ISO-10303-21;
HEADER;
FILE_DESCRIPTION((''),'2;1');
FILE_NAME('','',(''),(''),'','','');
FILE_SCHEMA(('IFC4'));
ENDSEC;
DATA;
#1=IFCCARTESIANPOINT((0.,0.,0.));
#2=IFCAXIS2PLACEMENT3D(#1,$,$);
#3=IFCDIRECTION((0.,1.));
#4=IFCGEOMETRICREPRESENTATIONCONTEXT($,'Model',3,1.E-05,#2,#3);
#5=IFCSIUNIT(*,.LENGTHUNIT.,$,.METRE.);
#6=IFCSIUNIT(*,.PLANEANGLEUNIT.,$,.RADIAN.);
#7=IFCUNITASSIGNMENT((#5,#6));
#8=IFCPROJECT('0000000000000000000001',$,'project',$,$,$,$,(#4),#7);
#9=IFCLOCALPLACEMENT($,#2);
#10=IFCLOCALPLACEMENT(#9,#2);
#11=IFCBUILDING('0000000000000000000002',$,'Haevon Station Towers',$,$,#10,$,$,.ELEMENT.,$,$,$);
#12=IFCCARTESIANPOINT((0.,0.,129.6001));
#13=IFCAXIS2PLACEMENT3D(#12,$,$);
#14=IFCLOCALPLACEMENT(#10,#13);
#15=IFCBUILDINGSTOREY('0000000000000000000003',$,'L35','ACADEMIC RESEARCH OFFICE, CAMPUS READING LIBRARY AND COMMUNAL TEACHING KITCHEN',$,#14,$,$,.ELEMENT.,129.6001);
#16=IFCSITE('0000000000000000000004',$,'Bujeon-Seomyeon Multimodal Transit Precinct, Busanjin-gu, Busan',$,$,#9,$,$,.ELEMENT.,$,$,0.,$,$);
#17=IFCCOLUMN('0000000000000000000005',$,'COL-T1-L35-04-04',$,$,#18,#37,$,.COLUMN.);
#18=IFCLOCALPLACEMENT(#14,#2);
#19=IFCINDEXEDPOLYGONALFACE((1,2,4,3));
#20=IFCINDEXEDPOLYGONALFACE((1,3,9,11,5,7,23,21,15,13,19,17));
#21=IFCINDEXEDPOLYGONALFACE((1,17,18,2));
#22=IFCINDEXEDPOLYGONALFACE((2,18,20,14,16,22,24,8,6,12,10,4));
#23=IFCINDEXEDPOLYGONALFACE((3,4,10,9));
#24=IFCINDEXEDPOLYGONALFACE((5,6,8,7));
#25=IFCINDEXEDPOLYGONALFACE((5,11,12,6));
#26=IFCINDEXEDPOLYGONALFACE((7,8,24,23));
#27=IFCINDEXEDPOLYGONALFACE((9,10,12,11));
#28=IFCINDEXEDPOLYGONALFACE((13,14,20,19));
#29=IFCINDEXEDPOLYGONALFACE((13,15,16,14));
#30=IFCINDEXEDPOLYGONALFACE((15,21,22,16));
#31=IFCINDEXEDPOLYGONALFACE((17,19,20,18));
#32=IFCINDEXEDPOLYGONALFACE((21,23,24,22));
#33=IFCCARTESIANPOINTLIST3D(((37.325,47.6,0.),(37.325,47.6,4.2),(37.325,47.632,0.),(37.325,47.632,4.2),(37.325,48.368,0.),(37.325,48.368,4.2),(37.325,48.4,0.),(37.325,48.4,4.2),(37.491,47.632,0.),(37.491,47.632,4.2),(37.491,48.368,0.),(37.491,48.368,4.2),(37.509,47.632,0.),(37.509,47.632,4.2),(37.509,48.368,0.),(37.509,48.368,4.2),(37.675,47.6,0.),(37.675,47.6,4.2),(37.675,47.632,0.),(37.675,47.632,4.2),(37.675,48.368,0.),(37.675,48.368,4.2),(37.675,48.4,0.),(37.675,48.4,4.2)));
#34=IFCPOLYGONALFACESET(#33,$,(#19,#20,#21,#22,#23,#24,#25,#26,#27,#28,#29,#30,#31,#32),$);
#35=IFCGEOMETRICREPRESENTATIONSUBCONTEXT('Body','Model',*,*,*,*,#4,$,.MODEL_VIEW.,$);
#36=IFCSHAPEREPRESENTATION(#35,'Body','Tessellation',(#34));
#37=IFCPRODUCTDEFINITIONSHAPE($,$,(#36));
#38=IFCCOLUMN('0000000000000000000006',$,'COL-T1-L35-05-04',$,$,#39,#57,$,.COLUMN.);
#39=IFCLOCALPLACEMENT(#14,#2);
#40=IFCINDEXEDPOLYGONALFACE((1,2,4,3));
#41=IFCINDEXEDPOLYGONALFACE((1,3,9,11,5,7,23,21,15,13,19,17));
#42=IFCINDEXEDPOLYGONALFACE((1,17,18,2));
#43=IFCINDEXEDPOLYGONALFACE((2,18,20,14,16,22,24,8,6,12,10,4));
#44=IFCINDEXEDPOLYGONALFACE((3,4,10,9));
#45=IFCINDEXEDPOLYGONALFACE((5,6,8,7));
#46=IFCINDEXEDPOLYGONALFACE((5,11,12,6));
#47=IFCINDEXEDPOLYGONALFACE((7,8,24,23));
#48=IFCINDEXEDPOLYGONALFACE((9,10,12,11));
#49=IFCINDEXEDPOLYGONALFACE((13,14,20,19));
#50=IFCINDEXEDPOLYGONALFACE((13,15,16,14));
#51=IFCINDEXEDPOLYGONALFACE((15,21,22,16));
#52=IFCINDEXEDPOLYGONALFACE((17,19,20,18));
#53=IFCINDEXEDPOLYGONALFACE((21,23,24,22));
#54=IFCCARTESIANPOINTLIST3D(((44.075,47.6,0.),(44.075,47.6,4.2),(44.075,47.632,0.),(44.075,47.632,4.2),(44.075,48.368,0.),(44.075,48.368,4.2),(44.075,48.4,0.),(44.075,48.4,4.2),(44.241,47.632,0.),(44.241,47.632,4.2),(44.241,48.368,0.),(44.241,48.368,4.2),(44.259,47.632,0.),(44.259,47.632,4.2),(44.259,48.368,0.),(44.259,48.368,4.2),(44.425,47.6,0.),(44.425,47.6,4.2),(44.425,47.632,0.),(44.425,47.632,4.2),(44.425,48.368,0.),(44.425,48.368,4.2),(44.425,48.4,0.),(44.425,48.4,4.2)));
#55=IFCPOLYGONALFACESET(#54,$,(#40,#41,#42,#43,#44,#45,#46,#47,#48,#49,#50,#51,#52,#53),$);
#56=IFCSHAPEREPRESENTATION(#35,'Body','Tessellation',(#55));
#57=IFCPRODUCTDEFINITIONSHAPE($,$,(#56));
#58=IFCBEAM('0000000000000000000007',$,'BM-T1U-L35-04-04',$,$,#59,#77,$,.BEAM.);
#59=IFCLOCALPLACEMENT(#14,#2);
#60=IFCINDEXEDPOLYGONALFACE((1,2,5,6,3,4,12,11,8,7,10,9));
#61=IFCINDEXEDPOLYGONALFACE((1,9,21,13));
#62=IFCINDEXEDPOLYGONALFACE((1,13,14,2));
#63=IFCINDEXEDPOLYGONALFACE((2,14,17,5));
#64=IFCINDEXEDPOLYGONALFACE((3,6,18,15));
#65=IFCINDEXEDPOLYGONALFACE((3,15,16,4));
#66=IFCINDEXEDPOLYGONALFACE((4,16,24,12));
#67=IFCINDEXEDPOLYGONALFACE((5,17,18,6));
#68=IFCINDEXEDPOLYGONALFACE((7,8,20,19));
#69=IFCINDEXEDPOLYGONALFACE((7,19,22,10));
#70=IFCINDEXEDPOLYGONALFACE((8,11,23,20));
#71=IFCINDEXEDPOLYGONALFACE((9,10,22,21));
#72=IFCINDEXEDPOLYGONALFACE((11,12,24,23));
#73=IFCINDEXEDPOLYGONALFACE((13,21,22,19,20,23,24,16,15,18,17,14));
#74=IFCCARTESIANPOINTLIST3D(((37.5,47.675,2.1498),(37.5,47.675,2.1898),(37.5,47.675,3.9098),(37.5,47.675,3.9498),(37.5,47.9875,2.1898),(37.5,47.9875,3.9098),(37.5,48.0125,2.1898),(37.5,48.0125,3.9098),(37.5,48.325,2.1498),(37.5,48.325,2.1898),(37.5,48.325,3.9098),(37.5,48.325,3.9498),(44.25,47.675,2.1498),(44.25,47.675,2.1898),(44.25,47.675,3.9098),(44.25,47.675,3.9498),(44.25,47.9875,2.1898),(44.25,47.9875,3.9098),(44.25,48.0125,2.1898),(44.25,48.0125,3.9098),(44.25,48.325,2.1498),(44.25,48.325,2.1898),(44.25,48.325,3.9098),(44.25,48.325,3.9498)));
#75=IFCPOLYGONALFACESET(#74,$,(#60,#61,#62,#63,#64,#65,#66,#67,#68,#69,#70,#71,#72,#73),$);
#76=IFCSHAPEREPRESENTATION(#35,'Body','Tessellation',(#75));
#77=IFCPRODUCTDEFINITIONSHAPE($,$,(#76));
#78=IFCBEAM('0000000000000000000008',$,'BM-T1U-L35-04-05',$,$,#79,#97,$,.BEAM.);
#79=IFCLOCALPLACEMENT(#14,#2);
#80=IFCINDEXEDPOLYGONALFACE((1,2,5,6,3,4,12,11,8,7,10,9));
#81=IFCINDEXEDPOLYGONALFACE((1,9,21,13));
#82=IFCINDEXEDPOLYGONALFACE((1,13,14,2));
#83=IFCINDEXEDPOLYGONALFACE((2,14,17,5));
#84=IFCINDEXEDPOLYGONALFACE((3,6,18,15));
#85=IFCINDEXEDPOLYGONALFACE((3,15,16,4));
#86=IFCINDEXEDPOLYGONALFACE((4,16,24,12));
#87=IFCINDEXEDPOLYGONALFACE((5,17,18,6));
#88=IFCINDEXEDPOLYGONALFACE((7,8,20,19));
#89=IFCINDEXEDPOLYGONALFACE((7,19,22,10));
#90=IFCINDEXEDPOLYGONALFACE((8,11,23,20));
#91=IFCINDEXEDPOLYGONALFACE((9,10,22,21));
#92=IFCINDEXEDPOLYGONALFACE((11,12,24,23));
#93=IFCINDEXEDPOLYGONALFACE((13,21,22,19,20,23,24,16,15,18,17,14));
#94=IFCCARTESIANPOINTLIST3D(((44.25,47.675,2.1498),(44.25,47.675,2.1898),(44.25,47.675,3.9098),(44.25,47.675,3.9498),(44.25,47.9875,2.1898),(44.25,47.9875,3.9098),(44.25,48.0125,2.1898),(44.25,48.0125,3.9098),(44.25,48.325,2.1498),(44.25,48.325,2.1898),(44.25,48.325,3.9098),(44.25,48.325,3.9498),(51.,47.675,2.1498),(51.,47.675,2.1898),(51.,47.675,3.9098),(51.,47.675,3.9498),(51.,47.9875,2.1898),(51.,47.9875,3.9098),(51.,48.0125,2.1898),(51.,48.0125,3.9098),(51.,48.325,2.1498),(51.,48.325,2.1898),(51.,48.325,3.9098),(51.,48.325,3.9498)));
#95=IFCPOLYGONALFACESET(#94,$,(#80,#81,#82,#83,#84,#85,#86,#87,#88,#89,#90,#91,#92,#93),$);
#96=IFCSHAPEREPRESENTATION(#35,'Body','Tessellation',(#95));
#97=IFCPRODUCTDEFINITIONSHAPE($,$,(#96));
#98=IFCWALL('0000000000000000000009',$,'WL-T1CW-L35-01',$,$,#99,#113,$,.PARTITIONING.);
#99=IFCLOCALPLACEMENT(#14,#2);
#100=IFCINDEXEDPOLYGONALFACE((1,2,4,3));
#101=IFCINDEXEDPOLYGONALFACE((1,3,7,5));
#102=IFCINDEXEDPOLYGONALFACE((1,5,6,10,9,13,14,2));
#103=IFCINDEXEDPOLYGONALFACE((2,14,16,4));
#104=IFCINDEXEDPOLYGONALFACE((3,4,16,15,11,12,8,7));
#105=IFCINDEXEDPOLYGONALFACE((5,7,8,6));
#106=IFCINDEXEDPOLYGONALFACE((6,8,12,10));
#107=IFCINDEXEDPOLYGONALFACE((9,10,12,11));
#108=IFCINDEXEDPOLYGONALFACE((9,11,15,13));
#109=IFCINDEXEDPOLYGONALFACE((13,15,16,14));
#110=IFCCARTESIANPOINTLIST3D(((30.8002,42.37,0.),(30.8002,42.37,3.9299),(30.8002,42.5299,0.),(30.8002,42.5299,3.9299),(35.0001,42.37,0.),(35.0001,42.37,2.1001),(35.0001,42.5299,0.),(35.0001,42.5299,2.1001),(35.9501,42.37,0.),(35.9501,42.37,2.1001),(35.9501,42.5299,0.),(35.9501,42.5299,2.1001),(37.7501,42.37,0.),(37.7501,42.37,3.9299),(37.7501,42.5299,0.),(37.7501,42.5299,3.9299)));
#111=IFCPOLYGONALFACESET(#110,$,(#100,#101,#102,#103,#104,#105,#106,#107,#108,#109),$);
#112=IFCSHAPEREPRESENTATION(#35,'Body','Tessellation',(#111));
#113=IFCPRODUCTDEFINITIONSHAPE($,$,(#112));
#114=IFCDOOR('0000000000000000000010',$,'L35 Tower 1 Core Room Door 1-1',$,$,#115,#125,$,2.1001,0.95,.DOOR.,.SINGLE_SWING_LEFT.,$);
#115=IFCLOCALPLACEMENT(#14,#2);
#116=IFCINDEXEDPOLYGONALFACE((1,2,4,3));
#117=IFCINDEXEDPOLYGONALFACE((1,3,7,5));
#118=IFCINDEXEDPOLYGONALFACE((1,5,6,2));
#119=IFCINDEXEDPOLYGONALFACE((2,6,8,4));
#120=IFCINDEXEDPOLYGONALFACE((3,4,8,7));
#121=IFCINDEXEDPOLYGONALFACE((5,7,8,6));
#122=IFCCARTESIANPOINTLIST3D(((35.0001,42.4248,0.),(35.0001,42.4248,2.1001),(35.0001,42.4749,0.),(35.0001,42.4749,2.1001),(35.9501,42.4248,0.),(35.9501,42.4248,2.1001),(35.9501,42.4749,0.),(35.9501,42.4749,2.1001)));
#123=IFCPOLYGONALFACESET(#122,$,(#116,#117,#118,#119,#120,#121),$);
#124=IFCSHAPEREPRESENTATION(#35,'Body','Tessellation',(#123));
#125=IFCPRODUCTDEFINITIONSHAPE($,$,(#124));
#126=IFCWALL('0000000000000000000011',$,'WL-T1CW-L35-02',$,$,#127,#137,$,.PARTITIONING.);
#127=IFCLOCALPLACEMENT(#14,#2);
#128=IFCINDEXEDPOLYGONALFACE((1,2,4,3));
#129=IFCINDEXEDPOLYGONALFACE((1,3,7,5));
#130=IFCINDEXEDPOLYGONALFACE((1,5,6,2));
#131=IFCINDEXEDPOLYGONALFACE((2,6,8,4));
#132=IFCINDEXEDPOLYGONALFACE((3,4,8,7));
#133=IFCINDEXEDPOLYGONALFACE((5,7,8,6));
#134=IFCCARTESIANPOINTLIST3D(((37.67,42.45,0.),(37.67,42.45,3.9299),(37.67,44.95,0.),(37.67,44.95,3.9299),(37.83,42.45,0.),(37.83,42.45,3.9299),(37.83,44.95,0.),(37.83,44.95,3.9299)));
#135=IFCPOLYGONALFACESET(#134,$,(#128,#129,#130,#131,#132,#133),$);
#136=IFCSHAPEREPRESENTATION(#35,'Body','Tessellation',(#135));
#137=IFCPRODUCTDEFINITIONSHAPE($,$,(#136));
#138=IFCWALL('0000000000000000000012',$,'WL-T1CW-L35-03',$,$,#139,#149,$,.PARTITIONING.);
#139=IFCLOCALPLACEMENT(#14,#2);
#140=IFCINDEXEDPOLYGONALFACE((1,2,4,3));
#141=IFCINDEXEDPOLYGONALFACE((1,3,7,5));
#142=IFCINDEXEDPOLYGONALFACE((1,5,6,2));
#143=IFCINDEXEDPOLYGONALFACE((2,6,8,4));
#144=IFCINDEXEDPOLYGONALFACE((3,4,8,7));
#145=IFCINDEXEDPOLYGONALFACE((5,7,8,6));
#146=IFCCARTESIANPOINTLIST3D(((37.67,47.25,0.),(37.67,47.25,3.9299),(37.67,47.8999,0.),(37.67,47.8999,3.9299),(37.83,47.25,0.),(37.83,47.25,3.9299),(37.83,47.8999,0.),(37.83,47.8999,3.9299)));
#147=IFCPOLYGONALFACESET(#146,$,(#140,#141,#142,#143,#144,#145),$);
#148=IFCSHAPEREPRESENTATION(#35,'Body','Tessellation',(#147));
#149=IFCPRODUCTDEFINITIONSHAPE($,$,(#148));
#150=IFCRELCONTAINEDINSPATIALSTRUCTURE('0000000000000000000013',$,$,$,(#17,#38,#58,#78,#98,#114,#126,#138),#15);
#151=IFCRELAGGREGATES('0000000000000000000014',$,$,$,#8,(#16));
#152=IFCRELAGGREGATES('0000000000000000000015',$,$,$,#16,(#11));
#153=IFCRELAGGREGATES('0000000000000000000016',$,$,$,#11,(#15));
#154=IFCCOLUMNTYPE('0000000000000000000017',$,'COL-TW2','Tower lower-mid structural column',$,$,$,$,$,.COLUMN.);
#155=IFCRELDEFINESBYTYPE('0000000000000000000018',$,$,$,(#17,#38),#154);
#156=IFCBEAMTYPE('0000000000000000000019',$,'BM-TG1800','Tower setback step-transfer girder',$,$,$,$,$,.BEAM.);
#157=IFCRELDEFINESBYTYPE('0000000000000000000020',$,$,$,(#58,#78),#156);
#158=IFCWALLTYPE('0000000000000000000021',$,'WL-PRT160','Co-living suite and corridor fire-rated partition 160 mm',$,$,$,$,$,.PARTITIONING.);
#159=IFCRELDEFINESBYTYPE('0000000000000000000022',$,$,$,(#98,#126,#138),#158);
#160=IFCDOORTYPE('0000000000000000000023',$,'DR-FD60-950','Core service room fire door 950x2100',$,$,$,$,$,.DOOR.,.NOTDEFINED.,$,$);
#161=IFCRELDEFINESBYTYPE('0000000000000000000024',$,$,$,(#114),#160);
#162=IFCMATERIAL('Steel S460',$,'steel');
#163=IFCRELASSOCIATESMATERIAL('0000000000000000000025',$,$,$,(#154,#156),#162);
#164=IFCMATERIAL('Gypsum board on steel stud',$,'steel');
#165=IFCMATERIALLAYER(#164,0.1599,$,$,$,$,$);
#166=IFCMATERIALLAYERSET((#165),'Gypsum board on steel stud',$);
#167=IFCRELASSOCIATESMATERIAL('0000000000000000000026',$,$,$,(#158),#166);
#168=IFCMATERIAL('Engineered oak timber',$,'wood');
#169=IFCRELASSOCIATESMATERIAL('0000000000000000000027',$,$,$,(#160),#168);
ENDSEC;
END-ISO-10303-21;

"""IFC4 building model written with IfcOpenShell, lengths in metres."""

from ifc_helpers import new_model, si_unit, direction, frame, frame_2d, origin, origin_2d, place, context, subcontext, project, spatial, rectangle, i_section, extrude, material, layer, layer_set, material_profile, profile_set, type_object, element, fill, save


model = new_model("IFC4")

# Units and contexts
model_context = context("Model", 3, precision=1e-05, world=origin(), true_north=direction((0.0, 1.0)))
body_context = subcontext(model_context, "Body", "Model", "MODEL_VIEW")
ifc_project = project(units=[si_unit("LENGTHUNIT", "METRE"), si_unit("PLANEANGLEUNIT", "RADIAN")], contexts=[model_context])

# Site, building, storey
site_placement = place(None, origin())
site = spatial("IfcSite", under=ifc_project, at=site_placement, Name="Bujeon-Seomyeon Multimodal Transit Precinct, Busanjin-gu, Busan", CompositionType="ELEMENT", RefElevation=0.0)
building_placement = place(site_placement, origin())
building = spatial("IfcBuilding", under=site, at=building_placement, Name="Haevon Station Towers", CompositionType="ELEMENT")
storey_placement = place(building_placement, frame((0.0, 0.0, 129.6001)))
storey = spatial("IfcBuildingStorey", under=building, at=storey_placement, Name="L35", Description="ACADEMIC RESEARCH OFFICE, CAMPUS READING LIBRARY AND COMMUNAL TEACHING KITCHEN", CompositionType="ELEMENT", Elevation=129.6001)

# Columns
ifc_material_1 = material(Name="Steel S460", Category="steel")
ifc_material_profile_1 = material_profile(ifc_material_1, i_section(OverallWidth=0.3501, OverallDepth=0.8, WebThickness=0.0181, FlangeThickness=0.032, at=origin_2d()), Name="H-800x350x18x32")
ifc_profile_set_1 = profile_set([ifc_material_profile_1], Name="Steel S460")
column_type = type_object("IfcColumnType", Name="COL-TW2", Description="Tower lower-mid structural column", PredefinedType="COLUMN", material=ifc_profile_set_1)
for number, where, z_axis, x_axis, name in (
    (1, (37.5, 48.0, 0.0), (0.0, 0.0, 1.0), (1.0, 0.0, 0.0), "COL-T1-L35-04-04"),
    (2, (44.25, 48.0, 0.0), (0.0, 0.0, 1.0), (1.0, 0.0, 0.0), "COL-T1-L35-05-04"),
):
    element("IfcColumn", number, at=place(storey_placement, frame(where, z_axis=z_axis, x_axis=x_axis)), inside=storey, type_object=column_type, Name=name, PredefinedType="COLUMN", context=body_context, shape_type="SweptSolid", body=[
        extrude(i_section(OverallWidth=0.3501, OverallDepth=0.8, WebThickness=0.0181, FlangeThickness=0.032, at=origin_2d()), origin(), (0.0, 0.0, 1.0), 4.2),
    ])

# Beams
ifc_material_profile_2 = material_profile(ifc_material_1, i_section(OverallWidth=0.6499, OverallDepth=1.8, WebThickness=0.0249, FlangeThickness=0.04, at=origin_2d()), Name="H-1800x650x25x40")
ifc_profile_set_2 = profile_set([ifc_material_profile_2], Name="Steel S460")
beam_type = type_object("IfcBeamType", Name="BM-TG1800", Description="Tower setback step-transfer girder", PredefinedType="BEAM", material=ifc_profile_set_2)
for number, where, z_axis, x_axis, name in (
    (3, (37.5, 48.0, 3.0498), (1.0, 0.0, 0.0), (0.0, 1.0, 0.0), "BM-T1U-L35-04-04"),
    (4, (44.25, 48.0, 3.0498), (1.0, 0.0, 0.0), (0.0, 1.0, 0.0), "BM-T1U-L35-04-05"),
):
    element("IfcBeam", number, at=place(storey_placement, frame(where, z_axis=z_axis, x_axis=x_axis)), inside=storey, type_object=beam_type, Name=name, PredefinedType="BEAM", context=body_context, shape_type="SweptSolid", body=[
        extrude(i_section(OverallWidth=0.6499, OverallDepth=1.8, WebThickness=0.0249, FlangeThickness=0.04, at=origin_2d()), origin(), (0.0, 0.0, 1.0), 6.75),
    ])

# Wall, opening, door
ifc_material_2 = material(Name="Gypsum board on steel stud", Category="steel")
ifc_layer_1 = layer(ifc_material_2, 0.1599)
ifc_layer_set_1 = layer_set([ifc_layer_1], Name="Gypsum board on steel stud")
wall_type_1 = type_object("IfcWallType", Name="WL-PRT160", Description="Co-living suite and corridor fire-rated partition 160 mm", PredefinedType="PARTITIONING", material=ifc_layer_set_1)
wall_1_placement = place(storey_placement, frame((30.8, 42.45, 0.0), z_axis=(0.0, 0.0, 1.0), x_axis=(1.0, 0.0, 0.0)))
wall_1 = element("IfcWall", 5, at=wall_1_placement, inside=storey, type_object=wall_type_1, Name="WL-T1CW-L35-01", PredefinedType="PARTITIONING", context=body_context, shape_type="SweptSolid", body=[
    extrude(rectangle(XDim=6.95, YDim=0.1599, at=frame_2d((3.4751, 0.0))), origin(), (0.0, 0.0, 1.0), 3.9299),
])
opening_1_placement = place(wall_1_placement, frame((4.2, 0.0, 0.0)))
opening_1 = element("IfcOpeningElement", 6, at=opening_1_placement, cuts=wall_1, PredefinedType="OPENING", context=body_context, shape_type="SweptSolid", body=[
    extrude(rectangle(XDim=0.95, YDim=2.1001, at=frame_2d((0.4751, 1.05))), frame((0.0, 0.0898, 0.0), z_axis=(0.0, -1.0, 0.0), x_axis=(1.0, 0.0, 0.0)), (0.0, 0.0, 1.0), 0.1799),
])
ifc_material_3 = material(Name="Engineered oak timber", Category="wood")
door_type_1 = type_object("IfcDoorType", Name="DR-FD60-950", Description="Core service room fire door 950x2100", OperationType="NOTDEFINED", PredefinedType="DOOR", material=ifc_material_3)
door_1_placement = place(opening_1_placement, origin())
door_1 = element("IfcDoor", 7, at=door_1_placement, inside=storey, type_object=door_type_1, Name="L35 Tower 1 Core Room Door 1-1", OperationType="SINGLE_SWING_LEFT", OverallHeight=2.1001, OverallWidth=0.95, PredefinedType="DOOR", context=body_context, shape_type="SweptSolid", body=[
    extrude(rectangle(XDim=0.95, YDim=2.1001, at=frame_2d((0.4751, 1.05))), frame((0.0, 0.0249, 0.0), z_axis=(0.0, -1.0, 0.0), x_axis=(1.0, 0.0, 0.0)), (0.0, 0.0, 1.0), 0.05),
])
fill(opening_1, door_1)

# Walls
wall_2_placement = place(storey_placement, frame((37.75, 42.45, 0.0), z_axis=(0.0, 0.0, 1.0), x_axis=(0.0, 1.0, 0.0)))
element("IfcWall", 8, at=wall_2_placement, inside=storey, type_object=wall_type_1, Name="WL-T1CW-L35-02", PredefinedType="PARTITIONING", context=body_context, shape_type="SweptSolid", body=[
    extrude(rectangle(XDim=2.5, YDim=0.1599, at=frame_2d((1.25, 0.0))), origin(), (0.0, 0.0, 1.0), 3.9299),
])
wall_3_placement = place(storey_placement, frame((37.75, 47.25, 0.0), z_axis=(0.0, 0.0, 1.0), x_axis=(0.0, 1.0, 0.0)))
element("IfcWall", 9, at=wall_3_placement, inside=storey, type_object=wall_type_1, Name="WL-T1CW-L35-03", PredefinedType="PARTITIONING", context=body_context, shape_type="SweptSolid", body=[
    extrude(rectangle(XDim=0.6499, YDim=0.1599, at=frame_2d((0.325, 0.0))), origin(), (0.0, 0.0, 1.0), 3.9299),
])

save(model, "model.ifc")
